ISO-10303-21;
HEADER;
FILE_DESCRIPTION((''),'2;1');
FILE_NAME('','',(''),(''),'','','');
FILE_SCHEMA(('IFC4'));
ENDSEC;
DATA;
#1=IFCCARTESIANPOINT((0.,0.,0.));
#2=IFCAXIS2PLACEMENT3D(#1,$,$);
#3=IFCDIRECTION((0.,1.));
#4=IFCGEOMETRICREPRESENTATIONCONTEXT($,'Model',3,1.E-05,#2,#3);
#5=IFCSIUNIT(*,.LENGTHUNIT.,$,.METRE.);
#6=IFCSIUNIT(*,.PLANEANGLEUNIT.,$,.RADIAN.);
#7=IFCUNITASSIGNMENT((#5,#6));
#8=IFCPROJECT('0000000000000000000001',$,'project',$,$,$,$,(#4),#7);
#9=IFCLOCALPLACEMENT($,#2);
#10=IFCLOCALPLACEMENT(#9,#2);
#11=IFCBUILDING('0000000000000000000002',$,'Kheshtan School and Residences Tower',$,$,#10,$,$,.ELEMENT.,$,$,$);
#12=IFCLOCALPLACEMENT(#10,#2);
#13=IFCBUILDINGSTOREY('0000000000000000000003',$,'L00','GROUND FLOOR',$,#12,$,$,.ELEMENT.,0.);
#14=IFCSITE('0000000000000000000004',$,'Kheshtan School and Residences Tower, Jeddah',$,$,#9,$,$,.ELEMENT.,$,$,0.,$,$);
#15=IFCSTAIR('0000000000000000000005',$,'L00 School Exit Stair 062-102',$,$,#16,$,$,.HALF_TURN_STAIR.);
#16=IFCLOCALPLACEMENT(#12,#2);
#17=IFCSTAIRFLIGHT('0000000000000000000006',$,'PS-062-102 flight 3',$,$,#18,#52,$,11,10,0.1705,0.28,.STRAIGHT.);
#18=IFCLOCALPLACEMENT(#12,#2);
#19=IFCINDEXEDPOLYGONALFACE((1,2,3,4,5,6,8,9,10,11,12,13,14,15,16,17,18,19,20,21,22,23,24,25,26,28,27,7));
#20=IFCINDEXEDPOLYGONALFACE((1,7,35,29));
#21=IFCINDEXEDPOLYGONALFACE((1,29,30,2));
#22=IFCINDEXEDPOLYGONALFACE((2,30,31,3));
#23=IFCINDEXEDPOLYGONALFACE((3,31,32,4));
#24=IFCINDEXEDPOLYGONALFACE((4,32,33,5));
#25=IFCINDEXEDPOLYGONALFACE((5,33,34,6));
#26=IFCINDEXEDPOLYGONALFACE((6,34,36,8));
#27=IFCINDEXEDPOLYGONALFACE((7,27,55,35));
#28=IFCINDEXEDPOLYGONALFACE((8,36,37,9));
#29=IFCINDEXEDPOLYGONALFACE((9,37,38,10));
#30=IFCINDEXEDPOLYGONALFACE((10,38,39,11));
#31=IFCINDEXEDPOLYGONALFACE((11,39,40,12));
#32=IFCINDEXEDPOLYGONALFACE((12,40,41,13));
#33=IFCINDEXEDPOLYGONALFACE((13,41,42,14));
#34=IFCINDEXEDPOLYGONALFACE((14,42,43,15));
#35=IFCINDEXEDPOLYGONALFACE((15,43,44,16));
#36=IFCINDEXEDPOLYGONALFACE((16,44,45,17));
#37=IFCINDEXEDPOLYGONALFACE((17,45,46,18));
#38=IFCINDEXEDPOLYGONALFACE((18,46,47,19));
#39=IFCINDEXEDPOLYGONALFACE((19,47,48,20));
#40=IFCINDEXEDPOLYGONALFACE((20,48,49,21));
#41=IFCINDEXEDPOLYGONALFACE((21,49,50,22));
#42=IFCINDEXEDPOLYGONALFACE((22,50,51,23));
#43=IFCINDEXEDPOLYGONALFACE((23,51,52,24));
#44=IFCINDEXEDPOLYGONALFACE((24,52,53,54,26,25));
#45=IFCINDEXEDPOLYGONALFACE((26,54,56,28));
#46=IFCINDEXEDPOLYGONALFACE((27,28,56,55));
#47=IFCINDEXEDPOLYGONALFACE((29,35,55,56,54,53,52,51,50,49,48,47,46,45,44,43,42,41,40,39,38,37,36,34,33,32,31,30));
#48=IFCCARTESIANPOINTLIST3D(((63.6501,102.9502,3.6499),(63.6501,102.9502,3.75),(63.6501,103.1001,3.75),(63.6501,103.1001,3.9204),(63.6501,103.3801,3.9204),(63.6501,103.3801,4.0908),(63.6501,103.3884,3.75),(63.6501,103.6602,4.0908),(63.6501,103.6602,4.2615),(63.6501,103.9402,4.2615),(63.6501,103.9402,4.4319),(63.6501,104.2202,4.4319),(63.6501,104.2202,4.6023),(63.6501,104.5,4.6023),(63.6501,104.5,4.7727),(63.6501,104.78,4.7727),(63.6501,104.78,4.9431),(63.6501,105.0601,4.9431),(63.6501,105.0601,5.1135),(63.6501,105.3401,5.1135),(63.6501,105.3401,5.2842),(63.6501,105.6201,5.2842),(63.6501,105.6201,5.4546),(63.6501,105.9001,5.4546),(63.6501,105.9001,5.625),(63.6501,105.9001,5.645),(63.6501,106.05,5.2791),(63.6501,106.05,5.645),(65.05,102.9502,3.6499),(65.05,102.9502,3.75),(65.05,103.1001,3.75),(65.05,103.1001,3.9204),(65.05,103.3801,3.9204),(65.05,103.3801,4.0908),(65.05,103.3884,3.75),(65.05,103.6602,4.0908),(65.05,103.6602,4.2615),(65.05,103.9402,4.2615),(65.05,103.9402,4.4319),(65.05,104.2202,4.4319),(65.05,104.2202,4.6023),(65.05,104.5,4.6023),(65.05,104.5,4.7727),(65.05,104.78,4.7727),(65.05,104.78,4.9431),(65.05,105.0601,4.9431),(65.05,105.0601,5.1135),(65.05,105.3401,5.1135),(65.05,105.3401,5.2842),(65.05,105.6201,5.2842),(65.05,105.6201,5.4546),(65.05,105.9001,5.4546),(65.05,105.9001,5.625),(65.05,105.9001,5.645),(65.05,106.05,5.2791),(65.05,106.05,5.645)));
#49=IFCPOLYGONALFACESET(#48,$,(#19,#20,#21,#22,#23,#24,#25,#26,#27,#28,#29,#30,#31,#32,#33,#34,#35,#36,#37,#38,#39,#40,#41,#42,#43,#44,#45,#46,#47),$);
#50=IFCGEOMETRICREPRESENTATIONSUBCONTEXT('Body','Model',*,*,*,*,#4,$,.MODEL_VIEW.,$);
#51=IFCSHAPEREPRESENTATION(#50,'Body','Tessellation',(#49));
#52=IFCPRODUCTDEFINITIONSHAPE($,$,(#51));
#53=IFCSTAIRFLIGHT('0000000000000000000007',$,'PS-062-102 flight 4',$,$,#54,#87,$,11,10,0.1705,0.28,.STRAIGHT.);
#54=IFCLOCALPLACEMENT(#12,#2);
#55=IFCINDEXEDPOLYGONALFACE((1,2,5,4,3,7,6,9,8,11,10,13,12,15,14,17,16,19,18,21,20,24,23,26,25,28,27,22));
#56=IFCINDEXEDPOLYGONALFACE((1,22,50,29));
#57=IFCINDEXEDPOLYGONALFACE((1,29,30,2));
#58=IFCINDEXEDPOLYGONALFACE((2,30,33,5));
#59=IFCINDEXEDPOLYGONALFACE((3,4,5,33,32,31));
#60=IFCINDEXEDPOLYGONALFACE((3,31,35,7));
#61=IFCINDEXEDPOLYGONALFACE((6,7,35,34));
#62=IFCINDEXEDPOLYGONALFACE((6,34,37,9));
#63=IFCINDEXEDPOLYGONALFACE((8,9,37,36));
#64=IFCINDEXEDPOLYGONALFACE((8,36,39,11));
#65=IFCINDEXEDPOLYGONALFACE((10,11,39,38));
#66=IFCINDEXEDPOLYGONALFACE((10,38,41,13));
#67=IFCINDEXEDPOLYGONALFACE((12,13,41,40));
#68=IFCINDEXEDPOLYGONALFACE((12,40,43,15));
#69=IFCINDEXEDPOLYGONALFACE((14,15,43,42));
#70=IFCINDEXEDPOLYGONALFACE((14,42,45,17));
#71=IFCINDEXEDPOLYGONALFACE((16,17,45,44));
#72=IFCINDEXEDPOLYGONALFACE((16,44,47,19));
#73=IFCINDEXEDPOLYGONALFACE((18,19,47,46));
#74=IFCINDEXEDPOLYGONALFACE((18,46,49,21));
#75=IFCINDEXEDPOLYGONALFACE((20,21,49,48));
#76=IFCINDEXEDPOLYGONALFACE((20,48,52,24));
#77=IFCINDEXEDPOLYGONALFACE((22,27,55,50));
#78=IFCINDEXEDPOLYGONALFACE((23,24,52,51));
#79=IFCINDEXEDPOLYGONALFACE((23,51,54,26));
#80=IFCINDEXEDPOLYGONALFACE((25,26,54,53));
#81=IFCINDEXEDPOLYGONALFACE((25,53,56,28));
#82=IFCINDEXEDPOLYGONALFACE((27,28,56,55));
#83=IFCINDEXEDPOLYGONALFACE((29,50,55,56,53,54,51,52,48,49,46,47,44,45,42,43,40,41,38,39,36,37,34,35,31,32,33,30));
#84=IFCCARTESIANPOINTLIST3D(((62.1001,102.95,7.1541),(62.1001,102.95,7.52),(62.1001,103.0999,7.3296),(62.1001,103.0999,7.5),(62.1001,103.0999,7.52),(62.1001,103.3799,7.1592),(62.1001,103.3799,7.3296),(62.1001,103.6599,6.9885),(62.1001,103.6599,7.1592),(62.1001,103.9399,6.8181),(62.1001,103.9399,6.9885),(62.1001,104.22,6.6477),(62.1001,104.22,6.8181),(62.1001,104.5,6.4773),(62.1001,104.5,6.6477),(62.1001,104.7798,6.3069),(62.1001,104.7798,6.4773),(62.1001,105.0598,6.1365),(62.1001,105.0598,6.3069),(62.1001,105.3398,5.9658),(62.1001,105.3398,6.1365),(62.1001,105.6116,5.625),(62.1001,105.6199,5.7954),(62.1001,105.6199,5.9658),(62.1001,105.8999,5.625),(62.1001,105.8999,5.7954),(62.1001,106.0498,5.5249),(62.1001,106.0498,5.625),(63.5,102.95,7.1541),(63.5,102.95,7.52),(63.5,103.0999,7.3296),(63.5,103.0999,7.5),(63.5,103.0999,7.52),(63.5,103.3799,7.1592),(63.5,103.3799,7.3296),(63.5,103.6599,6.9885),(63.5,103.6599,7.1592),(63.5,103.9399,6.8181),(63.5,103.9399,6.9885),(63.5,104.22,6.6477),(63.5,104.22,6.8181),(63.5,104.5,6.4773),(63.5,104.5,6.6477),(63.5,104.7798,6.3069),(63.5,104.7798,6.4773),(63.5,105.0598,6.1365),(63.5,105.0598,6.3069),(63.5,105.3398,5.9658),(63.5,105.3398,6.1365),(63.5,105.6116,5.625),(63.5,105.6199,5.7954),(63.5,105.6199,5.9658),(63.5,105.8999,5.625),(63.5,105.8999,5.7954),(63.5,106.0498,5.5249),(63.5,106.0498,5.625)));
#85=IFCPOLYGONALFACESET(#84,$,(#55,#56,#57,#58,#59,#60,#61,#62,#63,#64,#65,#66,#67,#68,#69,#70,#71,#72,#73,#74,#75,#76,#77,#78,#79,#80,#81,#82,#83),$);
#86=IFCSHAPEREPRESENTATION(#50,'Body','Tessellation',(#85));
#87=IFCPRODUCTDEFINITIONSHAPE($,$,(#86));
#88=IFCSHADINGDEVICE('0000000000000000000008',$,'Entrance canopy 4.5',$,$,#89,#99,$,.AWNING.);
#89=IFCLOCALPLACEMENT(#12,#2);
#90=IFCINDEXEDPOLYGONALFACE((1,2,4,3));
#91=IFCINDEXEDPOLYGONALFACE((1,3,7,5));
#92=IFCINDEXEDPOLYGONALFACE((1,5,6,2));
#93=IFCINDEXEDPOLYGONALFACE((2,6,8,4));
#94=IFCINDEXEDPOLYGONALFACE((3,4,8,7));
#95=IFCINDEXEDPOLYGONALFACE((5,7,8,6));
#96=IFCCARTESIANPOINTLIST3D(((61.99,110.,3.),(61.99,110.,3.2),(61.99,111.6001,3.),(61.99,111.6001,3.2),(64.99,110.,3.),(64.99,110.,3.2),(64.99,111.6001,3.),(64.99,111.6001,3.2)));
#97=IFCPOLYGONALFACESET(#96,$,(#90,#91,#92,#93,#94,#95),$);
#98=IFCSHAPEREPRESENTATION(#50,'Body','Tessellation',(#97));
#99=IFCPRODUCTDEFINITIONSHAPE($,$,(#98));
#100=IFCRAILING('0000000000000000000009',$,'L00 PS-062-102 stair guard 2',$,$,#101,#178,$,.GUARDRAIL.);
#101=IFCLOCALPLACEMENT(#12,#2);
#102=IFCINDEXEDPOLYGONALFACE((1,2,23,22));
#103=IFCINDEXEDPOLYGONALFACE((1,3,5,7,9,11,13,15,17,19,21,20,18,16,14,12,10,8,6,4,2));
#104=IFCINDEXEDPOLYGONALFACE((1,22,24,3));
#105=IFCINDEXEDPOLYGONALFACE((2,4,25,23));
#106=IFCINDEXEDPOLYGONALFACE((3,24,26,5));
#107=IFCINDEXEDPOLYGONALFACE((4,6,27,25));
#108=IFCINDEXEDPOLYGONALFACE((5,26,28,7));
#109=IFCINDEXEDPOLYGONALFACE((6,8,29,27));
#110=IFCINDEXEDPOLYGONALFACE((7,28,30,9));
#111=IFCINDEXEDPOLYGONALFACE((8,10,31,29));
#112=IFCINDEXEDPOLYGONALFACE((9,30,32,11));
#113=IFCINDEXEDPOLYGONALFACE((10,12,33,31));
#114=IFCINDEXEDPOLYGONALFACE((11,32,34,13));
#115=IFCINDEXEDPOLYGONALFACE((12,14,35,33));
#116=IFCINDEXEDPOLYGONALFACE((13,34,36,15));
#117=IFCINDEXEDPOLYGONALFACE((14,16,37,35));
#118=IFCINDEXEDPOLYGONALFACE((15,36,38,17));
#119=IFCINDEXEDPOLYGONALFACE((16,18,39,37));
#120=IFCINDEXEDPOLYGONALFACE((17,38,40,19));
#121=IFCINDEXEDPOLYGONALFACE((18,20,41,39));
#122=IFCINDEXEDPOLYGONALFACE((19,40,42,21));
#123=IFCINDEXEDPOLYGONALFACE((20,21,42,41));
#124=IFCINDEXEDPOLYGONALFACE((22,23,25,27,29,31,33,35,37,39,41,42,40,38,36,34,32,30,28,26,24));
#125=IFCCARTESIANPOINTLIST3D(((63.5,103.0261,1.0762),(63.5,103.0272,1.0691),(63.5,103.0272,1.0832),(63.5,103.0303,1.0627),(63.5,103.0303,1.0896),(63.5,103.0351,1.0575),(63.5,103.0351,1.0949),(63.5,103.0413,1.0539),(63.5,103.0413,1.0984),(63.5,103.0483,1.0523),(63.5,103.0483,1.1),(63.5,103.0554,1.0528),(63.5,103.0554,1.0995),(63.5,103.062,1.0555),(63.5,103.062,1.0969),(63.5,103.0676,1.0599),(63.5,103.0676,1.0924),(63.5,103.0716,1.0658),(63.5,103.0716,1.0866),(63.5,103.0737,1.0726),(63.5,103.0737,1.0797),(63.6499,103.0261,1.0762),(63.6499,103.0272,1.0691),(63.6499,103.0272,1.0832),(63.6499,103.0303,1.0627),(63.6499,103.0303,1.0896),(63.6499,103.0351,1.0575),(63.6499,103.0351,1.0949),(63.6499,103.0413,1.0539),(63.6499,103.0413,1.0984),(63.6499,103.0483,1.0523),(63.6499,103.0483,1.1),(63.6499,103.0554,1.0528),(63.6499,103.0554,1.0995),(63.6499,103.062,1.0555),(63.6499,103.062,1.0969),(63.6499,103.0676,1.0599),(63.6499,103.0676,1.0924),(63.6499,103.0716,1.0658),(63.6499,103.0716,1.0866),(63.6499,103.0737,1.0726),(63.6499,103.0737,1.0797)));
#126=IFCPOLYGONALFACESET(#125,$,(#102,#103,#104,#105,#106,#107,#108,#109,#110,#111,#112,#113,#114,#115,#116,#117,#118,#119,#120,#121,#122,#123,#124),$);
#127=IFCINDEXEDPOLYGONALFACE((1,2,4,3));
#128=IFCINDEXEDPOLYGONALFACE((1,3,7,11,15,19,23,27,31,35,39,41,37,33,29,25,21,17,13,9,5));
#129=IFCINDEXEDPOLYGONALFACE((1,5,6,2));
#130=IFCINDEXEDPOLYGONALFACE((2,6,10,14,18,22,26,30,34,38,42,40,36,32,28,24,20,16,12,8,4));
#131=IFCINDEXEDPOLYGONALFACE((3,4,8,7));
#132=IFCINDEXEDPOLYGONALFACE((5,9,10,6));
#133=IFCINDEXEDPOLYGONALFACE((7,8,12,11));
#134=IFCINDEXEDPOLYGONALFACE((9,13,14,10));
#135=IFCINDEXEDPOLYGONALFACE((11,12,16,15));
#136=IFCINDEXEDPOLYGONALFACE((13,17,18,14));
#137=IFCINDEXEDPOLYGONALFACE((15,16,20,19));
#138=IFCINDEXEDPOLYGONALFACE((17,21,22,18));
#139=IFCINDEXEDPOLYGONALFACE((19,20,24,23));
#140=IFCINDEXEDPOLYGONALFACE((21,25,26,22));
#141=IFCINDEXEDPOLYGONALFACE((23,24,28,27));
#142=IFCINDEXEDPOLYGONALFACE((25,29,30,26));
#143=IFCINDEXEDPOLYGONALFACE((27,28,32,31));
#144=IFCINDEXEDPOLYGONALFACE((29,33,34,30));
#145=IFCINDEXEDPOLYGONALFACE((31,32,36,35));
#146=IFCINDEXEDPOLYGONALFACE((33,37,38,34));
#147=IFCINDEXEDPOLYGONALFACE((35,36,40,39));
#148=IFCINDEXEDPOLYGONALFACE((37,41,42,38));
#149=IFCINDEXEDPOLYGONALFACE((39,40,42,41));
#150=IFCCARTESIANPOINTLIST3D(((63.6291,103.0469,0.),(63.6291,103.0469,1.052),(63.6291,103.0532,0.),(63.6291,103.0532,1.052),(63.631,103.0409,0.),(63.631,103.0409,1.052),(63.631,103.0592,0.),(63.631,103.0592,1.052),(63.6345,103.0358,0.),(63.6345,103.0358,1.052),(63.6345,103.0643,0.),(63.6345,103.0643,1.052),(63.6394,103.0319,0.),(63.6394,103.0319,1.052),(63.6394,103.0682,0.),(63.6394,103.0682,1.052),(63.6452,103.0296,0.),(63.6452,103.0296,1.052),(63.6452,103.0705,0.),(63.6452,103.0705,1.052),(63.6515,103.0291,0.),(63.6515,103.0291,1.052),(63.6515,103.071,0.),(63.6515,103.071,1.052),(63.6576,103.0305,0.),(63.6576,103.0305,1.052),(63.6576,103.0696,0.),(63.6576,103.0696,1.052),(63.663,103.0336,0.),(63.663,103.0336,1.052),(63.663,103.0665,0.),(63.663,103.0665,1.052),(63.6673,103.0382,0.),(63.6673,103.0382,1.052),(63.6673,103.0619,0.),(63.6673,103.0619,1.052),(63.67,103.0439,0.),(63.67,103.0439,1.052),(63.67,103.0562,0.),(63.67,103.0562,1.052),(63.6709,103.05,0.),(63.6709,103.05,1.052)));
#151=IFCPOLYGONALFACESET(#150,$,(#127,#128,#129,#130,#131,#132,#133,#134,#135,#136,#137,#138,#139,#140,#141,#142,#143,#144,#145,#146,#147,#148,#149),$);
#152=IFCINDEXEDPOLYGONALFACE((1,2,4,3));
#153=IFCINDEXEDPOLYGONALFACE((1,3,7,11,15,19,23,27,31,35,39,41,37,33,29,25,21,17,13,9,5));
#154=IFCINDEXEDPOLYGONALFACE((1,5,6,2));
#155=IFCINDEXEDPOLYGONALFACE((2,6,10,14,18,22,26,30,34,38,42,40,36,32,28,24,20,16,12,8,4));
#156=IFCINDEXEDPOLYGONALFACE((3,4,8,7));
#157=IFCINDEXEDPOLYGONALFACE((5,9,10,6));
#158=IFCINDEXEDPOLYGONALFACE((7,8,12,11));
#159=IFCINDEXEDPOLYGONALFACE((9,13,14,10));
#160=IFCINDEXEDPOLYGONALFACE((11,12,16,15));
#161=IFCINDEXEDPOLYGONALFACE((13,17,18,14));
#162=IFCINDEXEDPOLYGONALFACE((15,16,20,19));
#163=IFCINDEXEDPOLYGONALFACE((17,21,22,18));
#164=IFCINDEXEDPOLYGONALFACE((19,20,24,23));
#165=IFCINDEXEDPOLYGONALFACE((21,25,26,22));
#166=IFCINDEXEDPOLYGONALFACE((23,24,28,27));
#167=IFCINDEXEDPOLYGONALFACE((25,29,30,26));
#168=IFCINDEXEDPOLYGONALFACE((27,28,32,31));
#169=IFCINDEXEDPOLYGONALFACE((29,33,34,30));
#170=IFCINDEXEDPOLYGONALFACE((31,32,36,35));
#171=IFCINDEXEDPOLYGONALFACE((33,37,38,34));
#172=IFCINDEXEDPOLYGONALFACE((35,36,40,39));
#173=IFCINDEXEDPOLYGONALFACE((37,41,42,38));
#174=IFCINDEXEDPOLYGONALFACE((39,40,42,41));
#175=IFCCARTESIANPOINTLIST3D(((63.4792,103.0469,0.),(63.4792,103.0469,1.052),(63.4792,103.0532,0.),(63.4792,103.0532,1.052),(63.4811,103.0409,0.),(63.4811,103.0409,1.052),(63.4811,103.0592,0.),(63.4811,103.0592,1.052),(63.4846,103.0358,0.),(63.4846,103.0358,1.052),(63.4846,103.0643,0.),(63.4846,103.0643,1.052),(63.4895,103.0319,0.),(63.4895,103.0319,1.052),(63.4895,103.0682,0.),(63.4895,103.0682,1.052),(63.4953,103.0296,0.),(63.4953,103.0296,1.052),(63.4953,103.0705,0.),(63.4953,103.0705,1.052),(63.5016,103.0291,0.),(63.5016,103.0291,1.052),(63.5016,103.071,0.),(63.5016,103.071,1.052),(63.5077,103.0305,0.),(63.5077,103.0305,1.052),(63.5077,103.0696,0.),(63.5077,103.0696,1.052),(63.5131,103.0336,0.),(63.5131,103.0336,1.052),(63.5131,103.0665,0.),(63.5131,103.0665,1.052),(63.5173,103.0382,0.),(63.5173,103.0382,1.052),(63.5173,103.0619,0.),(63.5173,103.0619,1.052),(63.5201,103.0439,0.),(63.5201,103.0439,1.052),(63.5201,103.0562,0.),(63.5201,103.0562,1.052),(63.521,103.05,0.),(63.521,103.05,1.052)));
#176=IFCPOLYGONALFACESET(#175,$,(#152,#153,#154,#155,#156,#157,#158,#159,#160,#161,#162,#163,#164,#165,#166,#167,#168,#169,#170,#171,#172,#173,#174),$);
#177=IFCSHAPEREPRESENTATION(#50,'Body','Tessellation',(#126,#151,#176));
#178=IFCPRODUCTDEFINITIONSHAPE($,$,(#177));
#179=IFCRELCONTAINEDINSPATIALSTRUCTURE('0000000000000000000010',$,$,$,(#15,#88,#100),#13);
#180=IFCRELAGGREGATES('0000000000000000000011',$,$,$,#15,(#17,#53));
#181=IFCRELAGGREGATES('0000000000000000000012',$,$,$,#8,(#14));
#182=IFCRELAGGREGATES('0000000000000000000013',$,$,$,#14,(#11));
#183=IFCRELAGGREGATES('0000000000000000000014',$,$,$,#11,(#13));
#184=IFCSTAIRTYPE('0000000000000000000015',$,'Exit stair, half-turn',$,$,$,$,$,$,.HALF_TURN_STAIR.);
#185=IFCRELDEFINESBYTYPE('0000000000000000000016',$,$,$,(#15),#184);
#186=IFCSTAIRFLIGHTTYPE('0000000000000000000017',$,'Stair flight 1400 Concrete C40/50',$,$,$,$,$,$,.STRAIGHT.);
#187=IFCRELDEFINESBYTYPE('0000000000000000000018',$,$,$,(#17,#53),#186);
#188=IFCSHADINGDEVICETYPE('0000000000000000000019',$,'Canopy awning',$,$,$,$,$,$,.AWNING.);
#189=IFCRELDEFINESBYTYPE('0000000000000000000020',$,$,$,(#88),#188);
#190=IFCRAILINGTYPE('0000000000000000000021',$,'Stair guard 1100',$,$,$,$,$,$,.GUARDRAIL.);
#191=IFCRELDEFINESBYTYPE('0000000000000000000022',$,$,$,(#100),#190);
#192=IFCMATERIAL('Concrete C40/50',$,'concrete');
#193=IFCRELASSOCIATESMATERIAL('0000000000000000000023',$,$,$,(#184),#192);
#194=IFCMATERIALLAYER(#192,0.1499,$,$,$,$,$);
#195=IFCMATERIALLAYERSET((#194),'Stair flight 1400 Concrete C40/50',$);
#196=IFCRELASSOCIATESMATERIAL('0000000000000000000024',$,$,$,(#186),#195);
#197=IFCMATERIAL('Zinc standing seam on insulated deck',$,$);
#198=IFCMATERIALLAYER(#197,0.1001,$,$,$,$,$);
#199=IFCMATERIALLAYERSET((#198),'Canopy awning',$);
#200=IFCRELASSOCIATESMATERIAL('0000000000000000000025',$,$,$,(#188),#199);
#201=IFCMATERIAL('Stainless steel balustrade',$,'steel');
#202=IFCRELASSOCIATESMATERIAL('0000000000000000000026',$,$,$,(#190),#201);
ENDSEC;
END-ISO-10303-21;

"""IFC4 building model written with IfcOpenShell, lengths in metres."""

from ifc_helpers import new_model, si_unit, direction, frame, origin, origin_2d, place, context, subcontext, project, spatial, polyline, rectangle, circle, outline, extrude, material, layer, layer_set, type_object, element, aggregate, save


model = new_model("IFC4")

# Units and contexts
model_context = context("Model", 3, precision=1e-05, world=origin(), true_north=direction((0.0, 1.0)))
body_context = subcontext(model_context, "Body", "Model", "MODEL_VIEW")
ifc_project = project(units=[si_unit("LENGTHUNIT", "METRE"), si_unit("PLANEANGLEUNIT", "RADIAN")], contexts=[model_context])

# Site, building, storey
site_placement = place(None, origin())
site = spatial("IfcSite", under=ifc_project, at=site_placement, Name="Kheshtan School and Residences Tower, Jeddah", CompositionType="ELEMENT", RefElevation=0.0)
building_placement = place(site_placement, origin())
building = spatial("IfcBuilding", under=site, at=building_placement, Name="Kheshtan School and Residences Tower", CompositionType="ELEMENT")
storey_placement = place(building_placement, origin())
storey = spatial("IfcBuildingStorey", under=building, at=storey_placement, Name="L00", Description="GROUND FLOOR", CompositionType="ELEMENT", Elevation=0.0)

# Shared definitions
ifc_material_1 = material(Name="Concrete C40/50", Category="concrete")

# Stair, stair flights
stair_type = type_object("IfcStairType", Name="Exit stair, half-turn", PredefinedType="HALF_TURN_STAIR", material=ifc_material_1)
stair_placement = place(storey_placement, origin())
stair = element("IfcStair", 1, at=stair_placement, inside=storey, type_object=stair_type, Name="L00 School Exit Stair 062-102", PredefinedType="HALF_TURN_STAIR")
ifc_layer_1 = layer(ifc_material_1, 0.1499)
ifc_layer_set_1 = layer_set([ifc_layer_1], Name="Stair flight 1400 Concrete C40/50")
stair_flight_type = type_object("IfcStairFlightType", Name="Stair flight 1400 Concrete C40/50", PredefinedType="STRAIGHT", material=ifc_layer_set_1)
stair_flight_1_placement = place(storey_placement, frame((64.3501, 103.1001, 3.75), z_axis=(0.0, 0.0, 1.0), x_axis=(0.0, 1.0, 0.0)))
stair_flight_1 = element("IfcStairFlight", 2, at=stair_flight_1_placement, type_object=stair_flight_type, Name="PS-062-102 flight 3", NumberOfRisers=11, NumberOfTreads=10, PredefinedType="STRAIGHT", RiserHeight=0.1705, TreadLength=0.28, context=body_context, shape_type="SweptSolid", body=[
    extrude(outline(polyline([(-0.1499, -0.1001), (-0.1499, 0.0), (0.0, 0.0), (0.0, 0.1704), (0.28, 0.1704), (0.28, 0.3408), (0.5601, 0.3408), (0.5601, 0.5115), (0.8401, 0.5115), (0.8401, 0.6819), (1.1201, 0.6819), (1.1201, 0.8523), (1.3999, 0.8523), (1.3999, 1.0227), (1.6799, 1.0227), (1.6799, 1.1931), (1.96, 1.1931), (1.96, 1.3635), (2.24, 1.3635), (2.24, 1.5342), (2.52, 1.5342), (2.52, 1.7046), (2.8, 1.7046), (2.8, 1.875), (2.8, 1.895), (2.95, 1.895), (2.95, 1.5291), (0.2883, 0.0), (-0.1499, -0.1001)])), frame((0.0, 0.7, 0.0), z_axis=(0.0, -1.0, 0.0), x_axis=(1.0, 0.0, 0.0)), (0.0, 0.0, 1.0), 1.3999),
])
stair_flight_2_placement = place(storey_placement, frame((62.8, 105.8999, 5.625), z_axis=(0.0, 0.0, 1.0), x_axis=(0.0, -1.0, 0.0)))
stair_flight_2 = element("IfcStairFlight", 3, at=stair_flight_2_placement, type_object=stair_flight_type, Name="PS-062-102 flight 4", NumberOfRisers=11, NumberOfTreads=10, PredefinedType="STRAIGHT", RiserHeight=0.1705, TreadLength=0.28, context=body_context, shape_type="SweptSolid", body=[
    extrude(outline(polyline([(-0.1499, -0.1001), (-0.1499, 0.0), (0.0, 0.0), (0.0, 0.1704), (0.28, 0.1704), (0.28, 0.3408), (0.5601, 0.3408), (0.5601, 0.5115), (0.8401, 0.5115), (0.8401, 0.6819), (1.1201, 0.6819), (1.1201, 0.8523), (1.3999, 0.8523), (1.3999, 1.0227), (1.6799, 1.0227), (1.6799, 1.1931), (1.96, 1.1931), (1.96, 1.3635), (2.24, 1.3635), (2.24, 1.5342), (2.52, 1.5342), (2.52, 1.7046), (2.8, 1.7046), (2.8, 1.875), (2.8, 1.895), (2.95, 1.895), (2.95, 1.5291), (0.2883, 0.0), (-0.1499, -0.1001)])), frame((0.0, 0.7, 0.0), z_axis=(0.0, -1.0, 0.0), x_axis=(1.0, 0.0, 0.0)), (0.0, 0.0, 1.0), 1.3999),
])
aggregate(stair, [stair_flight_1, stair_flight_2])

# Shading device
ifc_material_2 = material(Name="Zinc standing seam on insulated deck")
ifc_layer_2 = layer(ifc_material_2, 0.1001)
ifc_layer_set_2 = layer_set([ifc_layer_2], Name="Canopy awning")
shading_device_type = type_object("IfcShadingDeviceType", Name="Canopy awning", PredefinedType="AWNING", material=ifc_layer_set_2)
shading_device_placement = place(storey_placement, frame((63.49, 110.8, 3.0), z_axis=(0.0, 0.0, 1.0), x_axis=(1.0, 0.0, 0.0)))
element("IfcShadingDevice", 4, at=shading_device_placement, inside=storey, type_object=shading_device_type, Name="Entrance canopy 4.5", PredefinedType="AWNING", context=body_context, shape_type="SweptSolid", body=[
    extrude(rectangle(XDim=3.0, YDim=1.6001, at=origin_2d()), origin(), (0.0, 0.0, 1.0), 0.2),
])

# Railing
ifc_material_3 = material(Name="Stainless steel balustrade", Category="steel")
railing_type_1 = type_object("IfcRailingType", Name="Stair guard 1100", PredefinedType="GUARDRAIL", material=ifc_material_3)
railing_1_placement = place(storey_placement, frame((63.6499, 103.05, 0.0)))
element("IfcRailing", 5, at=railing_1_placement, inside=storey, type_object=railing_type_1, Name="L00 PS-062-102 stair guard 2", PredefinedType="GUARDRAIL", context=body_context, shape_type="SweptSolid", body=[
    extrude(circle(Radius=0.0239, at=origin_2d()), frame((0.0, 0.0, 1.0762), z_axis=(-1.0, 0.0, 0.0), x_axis=(0.0, -1.0, 0.0)), (0.0, 0.0, 1.0), 0.1499),
    extrude(circle(Radius=0.021, at=origin_2d()), origin(), (0.0, 0.0, 1.0), 1.052),
    extrude(circle(Radius=0.021, at=origin_2d()), frame((-0.1499, 0.0, 0.0)), (0.0, 0.0, 1.0), 1.052),
])

save(model, "model.ifc")
